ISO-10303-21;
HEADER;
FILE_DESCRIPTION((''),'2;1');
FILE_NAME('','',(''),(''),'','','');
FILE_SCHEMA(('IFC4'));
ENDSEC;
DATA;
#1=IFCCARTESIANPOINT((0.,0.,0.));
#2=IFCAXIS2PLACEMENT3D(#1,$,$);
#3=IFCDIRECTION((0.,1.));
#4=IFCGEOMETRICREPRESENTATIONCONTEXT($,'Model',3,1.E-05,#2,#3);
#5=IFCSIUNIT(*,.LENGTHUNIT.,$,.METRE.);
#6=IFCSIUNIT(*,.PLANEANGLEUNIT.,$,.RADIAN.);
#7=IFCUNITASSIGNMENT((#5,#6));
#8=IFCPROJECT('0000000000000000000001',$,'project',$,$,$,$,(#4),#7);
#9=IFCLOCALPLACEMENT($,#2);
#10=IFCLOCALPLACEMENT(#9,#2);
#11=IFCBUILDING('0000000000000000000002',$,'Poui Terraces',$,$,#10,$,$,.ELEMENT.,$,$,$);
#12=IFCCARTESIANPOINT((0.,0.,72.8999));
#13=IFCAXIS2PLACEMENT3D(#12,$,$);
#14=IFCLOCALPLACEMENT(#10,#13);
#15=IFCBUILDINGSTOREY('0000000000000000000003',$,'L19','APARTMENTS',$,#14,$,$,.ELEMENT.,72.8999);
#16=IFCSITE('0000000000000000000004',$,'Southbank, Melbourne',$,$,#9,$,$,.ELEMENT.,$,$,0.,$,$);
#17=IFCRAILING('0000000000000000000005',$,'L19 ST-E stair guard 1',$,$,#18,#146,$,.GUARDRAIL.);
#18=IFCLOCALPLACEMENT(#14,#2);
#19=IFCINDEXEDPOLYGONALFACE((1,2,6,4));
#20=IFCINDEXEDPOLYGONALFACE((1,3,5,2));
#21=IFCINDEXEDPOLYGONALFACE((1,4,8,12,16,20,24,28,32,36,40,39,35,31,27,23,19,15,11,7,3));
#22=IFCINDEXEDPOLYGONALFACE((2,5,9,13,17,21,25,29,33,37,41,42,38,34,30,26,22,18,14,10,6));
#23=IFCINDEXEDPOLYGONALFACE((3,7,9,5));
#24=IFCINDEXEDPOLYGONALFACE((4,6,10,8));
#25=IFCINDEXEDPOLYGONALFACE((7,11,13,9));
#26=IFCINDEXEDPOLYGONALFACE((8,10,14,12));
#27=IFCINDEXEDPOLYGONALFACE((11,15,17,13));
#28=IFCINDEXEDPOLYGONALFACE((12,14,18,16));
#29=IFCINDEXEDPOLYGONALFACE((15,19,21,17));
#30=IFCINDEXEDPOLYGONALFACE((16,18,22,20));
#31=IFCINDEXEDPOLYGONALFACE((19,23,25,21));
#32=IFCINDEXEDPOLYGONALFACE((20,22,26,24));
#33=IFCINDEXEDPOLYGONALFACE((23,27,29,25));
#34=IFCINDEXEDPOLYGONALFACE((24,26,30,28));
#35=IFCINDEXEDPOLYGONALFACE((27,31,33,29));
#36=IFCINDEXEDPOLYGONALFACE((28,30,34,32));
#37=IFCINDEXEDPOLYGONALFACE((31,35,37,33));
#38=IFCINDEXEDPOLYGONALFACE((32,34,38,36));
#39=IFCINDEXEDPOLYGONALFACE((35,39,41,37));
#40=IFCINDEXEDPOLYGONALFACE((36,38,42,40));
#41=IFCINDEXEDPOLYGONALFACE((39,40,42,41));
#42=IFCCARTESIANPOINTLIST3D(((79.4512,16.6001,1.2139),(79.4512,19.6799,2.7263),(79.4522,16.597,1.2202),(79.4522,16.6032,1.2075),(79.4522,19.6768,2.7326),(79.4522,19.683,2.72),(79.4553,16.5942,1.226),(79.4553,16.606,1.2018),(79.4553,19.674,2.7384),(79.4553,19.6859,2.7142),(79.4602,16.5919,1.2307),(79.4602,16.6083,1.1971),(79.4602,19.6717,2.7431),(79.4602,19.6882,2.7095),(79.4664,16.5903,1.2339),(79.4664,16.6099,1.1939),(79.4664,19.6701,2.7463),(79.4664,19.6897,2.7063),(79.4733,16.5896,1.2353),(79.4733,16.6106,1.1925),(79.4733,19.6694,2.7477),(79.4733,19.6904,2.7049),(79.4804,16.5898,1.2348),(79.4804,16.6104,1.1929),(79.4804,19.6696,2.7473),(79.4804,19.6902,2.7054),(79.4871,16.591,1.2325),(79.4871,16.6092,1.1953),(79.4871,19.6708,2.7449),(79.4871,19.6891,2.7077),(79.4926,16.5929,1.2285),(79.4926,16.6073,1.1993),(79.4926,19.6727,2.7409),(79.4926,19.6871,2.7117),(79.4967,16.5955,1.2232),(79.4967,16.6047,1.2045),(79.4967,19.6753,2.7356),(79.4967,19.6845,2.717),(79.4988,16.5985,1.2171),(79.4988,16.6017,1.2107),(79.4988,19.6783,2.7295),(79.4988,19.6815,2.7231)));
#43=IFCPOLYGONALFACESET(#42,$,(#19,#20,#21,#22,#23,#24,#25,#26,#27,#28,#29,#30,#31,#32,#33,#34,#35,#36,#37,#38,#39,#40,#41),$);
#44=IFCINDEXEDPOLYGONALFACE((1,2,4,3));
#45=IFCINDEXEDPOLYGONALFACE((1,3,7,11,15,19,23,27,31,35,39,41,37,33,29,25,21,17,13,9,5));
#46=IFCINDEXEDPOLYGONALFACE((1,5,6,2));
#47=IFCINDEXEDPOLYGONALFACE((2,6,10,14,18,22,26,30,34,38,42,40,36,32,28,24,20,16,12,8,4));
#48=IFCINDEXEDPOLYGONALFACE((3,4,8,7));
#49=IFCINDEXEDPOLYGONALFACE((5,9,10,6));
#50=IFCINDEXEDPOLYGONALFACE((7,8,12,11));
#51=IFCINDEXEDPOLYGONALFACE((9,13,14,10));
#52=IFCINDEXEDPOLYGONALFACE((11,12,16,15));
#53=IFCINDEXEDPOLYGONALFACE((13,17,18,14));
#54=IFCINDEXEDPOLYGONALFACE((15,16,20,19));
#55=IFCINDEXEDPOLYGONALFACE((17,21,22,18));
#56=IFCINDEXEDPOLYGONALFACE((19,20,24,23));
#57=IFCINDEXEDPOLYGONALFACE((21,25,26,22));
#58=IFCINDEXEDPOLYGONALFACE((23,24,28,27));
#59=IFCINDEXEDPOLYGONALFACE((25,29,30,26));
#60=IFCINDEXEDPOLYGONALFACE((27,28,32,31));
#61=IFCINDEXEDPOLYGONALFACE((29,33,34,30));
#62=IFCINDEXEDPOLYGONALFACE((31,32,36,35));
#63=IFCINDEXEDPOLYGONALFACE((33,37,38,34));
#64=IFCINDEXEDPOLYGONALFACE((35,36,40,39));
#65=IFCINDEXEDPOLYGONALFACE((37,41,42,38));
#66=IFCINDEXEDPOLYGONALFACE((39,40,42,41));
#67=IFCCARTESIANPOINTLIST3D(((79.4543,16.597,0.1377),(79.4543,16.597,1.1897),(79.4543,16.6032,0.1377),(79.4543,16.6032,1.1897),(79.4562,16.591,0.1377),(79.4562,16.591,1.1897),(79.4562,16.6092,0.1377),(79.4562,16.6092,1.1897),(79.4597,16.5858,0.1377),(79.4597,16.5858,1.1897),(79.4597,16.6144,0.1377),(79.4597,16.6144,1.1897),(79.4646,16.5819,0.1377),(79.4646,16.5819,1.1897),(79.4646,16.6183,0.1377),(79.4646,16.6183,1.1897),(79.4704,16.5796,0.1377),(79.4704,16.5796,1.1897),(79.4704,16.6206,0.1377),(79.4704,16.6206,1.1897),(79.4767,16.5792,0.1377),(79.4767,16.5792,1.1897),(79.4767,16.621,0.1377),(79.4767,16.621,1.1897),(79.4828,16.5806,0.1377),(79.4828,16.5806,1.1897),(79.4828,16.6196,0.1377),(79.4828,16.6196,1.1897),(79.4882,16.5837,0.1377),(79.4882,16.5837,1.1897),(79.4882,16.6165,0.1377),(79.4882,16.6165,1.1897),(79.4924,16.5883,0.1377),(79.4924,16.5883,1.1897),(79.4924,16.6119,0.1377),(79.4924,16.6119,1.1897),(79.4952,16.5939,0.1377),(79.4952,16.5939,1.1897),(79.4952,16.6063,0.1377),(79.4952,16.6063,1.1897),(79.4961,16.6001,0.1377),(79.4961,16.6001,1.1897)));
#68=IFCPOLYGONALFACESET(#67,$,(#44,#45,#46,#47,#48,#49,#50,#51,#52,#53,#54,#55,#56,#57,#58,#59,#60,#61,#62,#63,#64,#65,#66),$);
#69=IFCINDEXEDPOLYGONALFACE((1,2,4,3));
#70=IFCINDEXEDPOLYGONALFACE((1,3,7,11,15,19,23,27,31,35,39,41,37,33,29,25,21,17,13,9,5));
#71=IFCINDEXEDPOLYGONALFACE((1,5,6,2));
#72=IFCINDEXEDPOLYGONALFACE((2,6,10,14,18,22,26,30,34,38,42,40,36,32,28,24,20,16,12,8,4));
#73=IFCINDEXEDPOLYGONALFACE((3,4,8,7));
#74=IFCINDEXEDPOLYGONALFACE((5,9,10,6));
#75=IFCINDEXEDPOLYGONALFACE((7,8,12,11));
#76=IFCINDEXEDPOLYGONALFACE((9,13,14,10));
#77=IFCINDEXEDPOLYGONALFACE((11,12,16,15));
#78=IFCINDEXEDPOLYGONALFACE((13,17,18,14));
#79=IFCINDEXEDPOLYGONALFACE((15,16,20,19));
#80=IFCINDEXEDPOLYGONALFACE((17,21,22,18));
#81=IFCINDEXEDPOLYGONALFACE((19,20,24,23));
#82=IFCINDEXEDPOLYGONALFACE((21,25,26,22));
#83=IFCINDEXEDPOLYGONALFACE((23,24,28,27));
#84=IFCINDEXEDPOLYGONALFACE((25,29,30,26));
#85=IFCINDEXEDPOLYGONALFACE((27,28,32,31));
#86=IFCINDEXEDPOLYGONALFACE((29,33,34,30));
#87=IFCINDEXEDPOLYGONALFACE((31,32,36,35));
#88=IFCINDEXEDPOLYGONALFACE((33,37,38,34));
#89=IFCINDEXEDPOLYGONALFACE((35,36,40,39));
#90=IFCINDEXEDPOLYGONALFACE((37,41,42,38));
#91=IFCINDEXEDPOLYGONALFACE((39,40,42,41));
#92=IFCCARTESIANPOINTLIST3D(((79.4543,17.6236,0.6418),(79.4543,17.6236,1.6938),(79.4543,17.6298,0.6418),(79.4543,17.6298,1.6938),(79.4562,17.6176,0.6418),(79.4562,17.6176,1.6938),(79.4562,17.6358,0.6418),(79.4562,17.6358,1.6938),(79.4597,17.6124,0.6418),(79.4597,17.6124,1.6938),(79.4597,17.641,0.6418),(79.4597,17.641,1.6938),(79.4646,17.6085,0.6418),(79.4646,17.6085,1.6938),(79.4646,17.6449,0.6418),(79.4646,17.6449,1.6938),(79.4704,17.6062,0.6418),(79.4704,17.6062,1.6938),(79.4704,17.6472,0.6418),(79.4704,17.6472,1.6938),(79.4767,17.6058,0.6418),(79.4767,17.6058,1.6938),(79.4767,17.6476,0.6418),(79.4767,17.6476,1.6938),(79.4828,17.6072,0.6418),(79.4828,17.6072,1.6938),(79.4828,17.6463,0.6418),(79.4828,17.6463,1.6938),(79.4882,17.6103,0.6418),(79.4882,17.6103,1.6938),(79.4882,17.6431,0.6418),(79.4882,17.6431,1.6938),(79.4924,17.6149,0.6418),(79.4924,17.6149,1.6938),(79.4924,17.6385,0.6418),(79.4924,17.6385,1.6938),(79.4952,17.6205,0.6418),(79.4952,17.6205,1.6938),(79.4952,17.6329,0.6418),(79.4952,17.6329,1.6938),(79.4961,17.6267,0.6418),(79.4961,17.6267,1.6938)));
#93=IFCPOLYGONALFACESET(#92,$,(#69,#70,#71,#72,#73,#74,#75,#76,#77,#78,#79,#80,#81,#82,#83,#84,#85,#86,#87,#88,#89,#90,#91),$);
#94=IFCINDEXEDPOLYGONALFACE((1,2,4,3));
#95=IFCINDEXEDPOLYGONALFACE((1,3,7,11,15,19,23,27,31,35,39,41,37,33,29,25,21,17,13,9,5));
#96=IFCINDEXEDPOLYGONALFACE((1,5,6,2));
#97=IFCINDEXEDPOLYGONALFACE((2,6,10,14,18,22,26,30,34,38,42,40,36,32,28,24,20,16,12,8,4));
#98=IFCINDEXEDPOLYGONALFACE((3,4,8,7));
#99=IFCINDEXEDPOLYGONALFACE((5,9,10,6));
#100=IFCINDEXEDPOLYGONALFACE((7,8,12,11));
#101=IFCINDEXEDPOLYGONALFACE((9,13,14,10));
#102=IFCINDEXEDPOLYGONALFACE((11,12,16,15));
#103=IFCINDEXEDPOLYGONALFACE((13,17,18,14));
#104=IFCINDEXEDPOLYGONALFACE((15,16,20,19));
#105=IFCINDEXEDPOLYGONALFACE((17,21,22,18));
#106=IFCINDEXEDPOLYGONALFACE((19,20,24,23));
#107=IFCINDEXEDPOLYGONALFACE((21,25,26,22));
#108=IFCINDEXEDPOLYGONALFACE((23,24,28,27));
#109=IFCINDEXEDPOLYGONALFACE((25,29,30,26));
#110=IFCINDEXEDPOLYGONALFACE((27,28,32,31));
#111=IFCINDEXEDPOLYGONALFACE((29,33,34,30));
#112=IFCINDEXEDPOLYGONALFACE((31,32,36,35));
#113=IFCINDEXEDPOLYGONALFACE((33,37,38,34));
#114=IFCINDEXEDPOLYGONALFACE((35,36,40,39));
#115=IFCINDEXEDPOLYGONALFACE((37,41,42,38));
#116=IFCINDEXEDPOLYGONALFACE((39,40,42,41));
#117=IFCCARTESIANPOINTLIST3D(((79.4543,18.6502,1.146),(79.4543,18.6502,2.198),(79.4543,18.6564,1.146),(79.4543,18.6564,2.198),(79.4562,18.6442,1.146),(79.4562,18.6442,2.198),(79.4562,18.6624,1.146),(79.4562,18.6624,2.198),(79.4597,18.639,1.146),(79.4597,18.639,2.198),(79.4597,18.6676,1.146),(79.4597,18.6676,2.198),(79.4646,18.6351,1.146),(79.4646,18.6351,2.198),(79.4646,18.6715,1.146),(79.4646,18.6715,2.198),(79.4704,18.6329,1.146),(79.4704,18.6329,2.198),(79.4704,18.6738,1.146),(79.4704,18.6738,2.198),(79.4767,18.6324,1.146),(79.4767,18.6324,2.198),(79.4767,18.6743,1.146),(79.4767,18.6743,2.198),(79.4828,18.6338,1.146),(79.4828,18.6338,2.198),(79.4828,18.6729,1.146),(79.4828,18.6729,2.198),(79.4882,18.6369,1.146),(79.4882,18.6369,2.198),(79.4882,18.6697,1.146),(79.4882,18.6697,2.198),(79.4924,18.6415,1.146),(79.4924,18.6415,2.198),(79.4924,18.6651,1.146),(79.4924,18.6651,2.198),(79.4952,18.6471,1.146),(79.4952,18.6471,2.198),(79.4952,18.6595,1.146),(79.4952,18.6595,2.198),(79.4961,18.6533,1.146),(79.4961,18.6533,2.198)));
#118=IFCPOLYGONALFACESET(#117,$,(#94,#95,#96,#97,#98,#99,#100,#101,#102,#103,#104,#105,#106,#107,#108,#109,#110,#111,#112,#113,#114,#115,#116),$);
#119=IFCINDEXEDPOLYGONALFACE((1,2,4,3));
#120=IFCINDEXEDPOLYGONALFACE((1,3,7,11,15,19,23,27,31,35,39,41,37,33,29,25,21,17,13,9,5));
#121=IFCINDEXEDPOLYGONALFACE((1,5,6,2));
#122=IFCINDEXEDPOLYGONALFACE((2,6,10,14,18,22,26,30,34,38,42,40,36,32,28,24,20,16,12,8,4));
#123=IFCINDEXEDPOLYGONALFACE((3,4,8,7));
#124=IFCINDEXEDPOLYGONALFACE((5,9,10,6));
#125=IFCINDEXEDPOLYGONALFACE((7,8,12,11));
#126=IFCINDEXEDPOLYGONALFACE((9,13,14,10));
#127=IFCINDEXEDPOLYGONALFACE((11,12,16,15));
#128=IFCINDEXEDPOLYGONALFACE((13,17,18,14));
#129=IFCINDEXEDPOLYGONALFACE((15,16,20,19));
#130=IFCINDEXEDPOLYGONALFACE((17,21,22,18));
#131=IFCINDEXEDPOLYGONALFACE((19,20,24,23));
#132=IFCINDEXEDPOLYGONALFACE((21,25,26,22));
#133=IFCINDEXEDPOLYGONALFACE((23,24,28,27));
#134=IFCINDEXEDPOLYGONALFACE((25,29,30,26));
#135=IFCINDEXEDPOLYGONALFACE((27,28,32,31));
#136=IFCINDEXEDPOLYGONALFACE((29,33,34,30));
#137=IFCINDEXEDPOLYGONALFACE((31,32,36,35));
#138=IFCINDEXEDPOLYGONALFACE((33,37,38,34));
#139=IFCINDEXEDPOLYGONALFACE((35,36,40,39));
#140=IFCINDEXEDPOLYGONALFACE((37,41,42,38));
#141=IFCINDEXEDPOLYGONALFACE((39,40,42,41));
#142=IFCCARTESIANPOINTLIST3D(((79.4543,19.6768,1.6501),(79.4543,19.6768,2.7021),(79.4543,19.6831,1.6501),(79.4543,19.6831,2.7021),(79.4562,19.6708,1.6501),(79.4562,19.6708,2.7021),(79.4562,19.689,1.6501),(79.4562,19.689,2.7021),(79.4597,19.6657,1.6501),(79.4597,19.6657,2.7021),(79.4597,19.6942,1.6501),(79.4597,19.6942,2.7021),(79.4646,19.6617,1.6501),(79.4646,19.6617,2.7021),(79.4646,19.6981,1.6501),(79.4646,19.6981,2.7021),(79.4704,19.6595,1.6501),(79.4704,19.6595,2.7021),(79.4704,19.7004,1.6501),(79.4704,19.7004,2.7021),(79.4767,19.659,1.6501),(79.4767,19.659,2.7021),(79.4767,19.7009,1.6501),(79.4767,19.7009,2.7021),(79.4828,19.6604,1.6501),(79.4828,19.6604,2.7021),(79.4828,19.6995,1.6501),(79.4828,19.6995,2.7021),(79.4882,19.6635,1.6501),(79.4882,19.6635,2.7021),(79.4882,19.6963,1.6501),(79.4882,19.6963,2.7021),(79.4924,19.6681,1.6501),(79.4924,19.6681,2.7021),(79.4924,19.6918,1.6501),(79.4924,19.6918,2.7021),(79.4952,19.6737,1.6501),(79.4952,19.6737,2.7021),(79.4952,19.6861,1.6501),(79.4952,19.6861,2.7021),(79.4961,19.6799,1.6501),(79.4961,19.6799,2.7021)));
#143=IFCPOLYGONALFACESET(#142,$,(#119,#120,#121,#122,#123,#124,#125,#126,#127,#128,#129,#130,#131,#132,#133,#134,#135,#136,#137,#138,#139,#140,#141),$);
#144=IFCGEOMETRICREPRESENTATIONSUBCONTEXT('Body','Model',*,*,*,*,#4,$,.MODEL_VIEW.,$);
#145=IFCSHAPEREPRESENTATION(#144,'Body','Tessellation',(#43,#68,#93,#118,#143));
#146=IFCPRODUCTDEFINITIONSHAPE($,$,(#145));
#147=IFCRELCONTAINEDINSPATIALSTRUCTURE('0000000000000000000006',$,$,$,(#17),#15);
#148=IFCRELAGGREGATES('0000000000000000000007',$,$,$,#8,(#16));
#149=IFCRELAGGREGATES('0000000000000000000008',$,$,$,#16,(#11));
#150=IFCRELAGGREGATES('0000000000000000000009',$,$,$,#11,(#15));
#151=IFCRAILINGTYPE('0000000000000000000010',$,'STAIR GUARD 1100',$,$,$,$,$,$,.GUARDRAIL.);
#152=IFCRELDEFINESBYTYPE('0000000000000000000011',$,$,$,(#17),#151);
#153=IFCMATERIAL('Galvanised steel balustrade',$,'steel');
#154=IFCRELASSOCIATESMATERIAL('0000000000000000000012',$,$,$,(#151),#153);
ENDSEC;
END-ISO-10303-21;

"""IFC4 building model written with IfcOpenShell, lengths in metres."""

from ifc_helpers import new_model, si_unit, direction, frame, origin, origin_2d, place, context, subcontext, project, spatial, circle, extrude, material, type_object, element, save


model = new_model("IFC4")

# Units and contexts
model_context = context("Model", 3, precision=1e-05, world=origin(), true_north=direction((0.0, 1.0)))
body_context = subcontext(model_context, "Body", "Model", "MODEL_VIEW")
ifc_project = project(units=[si_unit("LENGTHUNIT", "METRE"), si_unit("PLANEANGLEUNIT", "RADIAN")], contexts=[model_context])

# Site, building, storey
site_placement = place(None, origin())
site = spatial("IfcSite", under=ifc_project, at=site_placement, Name="Southbank, Melbourne", CompositionType="ELEMENT", RefElevation=0.0)
building_placement = place(site_placement, origin())
building = spatial("IfcBuilding", under=site, at=building_placement, Name="Poui Terraces", CompositionType="ELEMENT")
storey_placement = place(building_placement, frame((0.0, 0.0, 72.8999)))
storey = spatial("IfcBuildingStorey", under=building, at=storey_placement, Name="L19", Description="APARTMENTS", CompositionType="ELEMENT", Elevation=72.8999)

# Railing
ifc_material_1 = material(Name="Galvanised steel balustrade", Category="steel")
railing_type = type_object("IfcRailingType", Name="STAIR GUARD 1100", PredefinedType="GUARDRAIL", material=ifc_material_1)
railing_1_placement = place(storey_placement, frame((79.4751, 16.6001, 0.1377)))
element("IfcRailing", 1, at=railing_1_placement, inside=storey, type_object=railing_type, Name="L19 ST-E stair guard 1", PredefinedType="GUARDRAIL", context=body_context, shape_type="SweptSolid", body=[
    extrude(circle(Radius=0.0239, at=origin_2d()), frame((0.0, 0.0, 1.0762), z_axis=(0.0, 0.897606, 0.440798), x_axis=(-1.0, 0.0, 0.0)), (0.0, 0.0, 1.0), 3.4312),
    extrude(circle(Radius=0.021, at=origin_2d()), origin(), (0.0, 0.0, 1.0), 1.052),
    extrude(circle(Radius=0.021, at=origin_2d()), frame((0.0, 1.0266, 0.5042)), (0.0, 0.0, 1.0), 1.052),
    extrude(circle(Radius=0.021, at=origin_2d()), frame((0.0, 2.0532, 1.0083)), (0.0, 0.0, 1.0), 1.052),
    extrude(circle(Radius=0.021, at=origin_2d()), frame((0.0, 3.0798, 1.5125)), (0.0, 0.0, 1.0), 1.052),
])

save(model, "model.ifc")
